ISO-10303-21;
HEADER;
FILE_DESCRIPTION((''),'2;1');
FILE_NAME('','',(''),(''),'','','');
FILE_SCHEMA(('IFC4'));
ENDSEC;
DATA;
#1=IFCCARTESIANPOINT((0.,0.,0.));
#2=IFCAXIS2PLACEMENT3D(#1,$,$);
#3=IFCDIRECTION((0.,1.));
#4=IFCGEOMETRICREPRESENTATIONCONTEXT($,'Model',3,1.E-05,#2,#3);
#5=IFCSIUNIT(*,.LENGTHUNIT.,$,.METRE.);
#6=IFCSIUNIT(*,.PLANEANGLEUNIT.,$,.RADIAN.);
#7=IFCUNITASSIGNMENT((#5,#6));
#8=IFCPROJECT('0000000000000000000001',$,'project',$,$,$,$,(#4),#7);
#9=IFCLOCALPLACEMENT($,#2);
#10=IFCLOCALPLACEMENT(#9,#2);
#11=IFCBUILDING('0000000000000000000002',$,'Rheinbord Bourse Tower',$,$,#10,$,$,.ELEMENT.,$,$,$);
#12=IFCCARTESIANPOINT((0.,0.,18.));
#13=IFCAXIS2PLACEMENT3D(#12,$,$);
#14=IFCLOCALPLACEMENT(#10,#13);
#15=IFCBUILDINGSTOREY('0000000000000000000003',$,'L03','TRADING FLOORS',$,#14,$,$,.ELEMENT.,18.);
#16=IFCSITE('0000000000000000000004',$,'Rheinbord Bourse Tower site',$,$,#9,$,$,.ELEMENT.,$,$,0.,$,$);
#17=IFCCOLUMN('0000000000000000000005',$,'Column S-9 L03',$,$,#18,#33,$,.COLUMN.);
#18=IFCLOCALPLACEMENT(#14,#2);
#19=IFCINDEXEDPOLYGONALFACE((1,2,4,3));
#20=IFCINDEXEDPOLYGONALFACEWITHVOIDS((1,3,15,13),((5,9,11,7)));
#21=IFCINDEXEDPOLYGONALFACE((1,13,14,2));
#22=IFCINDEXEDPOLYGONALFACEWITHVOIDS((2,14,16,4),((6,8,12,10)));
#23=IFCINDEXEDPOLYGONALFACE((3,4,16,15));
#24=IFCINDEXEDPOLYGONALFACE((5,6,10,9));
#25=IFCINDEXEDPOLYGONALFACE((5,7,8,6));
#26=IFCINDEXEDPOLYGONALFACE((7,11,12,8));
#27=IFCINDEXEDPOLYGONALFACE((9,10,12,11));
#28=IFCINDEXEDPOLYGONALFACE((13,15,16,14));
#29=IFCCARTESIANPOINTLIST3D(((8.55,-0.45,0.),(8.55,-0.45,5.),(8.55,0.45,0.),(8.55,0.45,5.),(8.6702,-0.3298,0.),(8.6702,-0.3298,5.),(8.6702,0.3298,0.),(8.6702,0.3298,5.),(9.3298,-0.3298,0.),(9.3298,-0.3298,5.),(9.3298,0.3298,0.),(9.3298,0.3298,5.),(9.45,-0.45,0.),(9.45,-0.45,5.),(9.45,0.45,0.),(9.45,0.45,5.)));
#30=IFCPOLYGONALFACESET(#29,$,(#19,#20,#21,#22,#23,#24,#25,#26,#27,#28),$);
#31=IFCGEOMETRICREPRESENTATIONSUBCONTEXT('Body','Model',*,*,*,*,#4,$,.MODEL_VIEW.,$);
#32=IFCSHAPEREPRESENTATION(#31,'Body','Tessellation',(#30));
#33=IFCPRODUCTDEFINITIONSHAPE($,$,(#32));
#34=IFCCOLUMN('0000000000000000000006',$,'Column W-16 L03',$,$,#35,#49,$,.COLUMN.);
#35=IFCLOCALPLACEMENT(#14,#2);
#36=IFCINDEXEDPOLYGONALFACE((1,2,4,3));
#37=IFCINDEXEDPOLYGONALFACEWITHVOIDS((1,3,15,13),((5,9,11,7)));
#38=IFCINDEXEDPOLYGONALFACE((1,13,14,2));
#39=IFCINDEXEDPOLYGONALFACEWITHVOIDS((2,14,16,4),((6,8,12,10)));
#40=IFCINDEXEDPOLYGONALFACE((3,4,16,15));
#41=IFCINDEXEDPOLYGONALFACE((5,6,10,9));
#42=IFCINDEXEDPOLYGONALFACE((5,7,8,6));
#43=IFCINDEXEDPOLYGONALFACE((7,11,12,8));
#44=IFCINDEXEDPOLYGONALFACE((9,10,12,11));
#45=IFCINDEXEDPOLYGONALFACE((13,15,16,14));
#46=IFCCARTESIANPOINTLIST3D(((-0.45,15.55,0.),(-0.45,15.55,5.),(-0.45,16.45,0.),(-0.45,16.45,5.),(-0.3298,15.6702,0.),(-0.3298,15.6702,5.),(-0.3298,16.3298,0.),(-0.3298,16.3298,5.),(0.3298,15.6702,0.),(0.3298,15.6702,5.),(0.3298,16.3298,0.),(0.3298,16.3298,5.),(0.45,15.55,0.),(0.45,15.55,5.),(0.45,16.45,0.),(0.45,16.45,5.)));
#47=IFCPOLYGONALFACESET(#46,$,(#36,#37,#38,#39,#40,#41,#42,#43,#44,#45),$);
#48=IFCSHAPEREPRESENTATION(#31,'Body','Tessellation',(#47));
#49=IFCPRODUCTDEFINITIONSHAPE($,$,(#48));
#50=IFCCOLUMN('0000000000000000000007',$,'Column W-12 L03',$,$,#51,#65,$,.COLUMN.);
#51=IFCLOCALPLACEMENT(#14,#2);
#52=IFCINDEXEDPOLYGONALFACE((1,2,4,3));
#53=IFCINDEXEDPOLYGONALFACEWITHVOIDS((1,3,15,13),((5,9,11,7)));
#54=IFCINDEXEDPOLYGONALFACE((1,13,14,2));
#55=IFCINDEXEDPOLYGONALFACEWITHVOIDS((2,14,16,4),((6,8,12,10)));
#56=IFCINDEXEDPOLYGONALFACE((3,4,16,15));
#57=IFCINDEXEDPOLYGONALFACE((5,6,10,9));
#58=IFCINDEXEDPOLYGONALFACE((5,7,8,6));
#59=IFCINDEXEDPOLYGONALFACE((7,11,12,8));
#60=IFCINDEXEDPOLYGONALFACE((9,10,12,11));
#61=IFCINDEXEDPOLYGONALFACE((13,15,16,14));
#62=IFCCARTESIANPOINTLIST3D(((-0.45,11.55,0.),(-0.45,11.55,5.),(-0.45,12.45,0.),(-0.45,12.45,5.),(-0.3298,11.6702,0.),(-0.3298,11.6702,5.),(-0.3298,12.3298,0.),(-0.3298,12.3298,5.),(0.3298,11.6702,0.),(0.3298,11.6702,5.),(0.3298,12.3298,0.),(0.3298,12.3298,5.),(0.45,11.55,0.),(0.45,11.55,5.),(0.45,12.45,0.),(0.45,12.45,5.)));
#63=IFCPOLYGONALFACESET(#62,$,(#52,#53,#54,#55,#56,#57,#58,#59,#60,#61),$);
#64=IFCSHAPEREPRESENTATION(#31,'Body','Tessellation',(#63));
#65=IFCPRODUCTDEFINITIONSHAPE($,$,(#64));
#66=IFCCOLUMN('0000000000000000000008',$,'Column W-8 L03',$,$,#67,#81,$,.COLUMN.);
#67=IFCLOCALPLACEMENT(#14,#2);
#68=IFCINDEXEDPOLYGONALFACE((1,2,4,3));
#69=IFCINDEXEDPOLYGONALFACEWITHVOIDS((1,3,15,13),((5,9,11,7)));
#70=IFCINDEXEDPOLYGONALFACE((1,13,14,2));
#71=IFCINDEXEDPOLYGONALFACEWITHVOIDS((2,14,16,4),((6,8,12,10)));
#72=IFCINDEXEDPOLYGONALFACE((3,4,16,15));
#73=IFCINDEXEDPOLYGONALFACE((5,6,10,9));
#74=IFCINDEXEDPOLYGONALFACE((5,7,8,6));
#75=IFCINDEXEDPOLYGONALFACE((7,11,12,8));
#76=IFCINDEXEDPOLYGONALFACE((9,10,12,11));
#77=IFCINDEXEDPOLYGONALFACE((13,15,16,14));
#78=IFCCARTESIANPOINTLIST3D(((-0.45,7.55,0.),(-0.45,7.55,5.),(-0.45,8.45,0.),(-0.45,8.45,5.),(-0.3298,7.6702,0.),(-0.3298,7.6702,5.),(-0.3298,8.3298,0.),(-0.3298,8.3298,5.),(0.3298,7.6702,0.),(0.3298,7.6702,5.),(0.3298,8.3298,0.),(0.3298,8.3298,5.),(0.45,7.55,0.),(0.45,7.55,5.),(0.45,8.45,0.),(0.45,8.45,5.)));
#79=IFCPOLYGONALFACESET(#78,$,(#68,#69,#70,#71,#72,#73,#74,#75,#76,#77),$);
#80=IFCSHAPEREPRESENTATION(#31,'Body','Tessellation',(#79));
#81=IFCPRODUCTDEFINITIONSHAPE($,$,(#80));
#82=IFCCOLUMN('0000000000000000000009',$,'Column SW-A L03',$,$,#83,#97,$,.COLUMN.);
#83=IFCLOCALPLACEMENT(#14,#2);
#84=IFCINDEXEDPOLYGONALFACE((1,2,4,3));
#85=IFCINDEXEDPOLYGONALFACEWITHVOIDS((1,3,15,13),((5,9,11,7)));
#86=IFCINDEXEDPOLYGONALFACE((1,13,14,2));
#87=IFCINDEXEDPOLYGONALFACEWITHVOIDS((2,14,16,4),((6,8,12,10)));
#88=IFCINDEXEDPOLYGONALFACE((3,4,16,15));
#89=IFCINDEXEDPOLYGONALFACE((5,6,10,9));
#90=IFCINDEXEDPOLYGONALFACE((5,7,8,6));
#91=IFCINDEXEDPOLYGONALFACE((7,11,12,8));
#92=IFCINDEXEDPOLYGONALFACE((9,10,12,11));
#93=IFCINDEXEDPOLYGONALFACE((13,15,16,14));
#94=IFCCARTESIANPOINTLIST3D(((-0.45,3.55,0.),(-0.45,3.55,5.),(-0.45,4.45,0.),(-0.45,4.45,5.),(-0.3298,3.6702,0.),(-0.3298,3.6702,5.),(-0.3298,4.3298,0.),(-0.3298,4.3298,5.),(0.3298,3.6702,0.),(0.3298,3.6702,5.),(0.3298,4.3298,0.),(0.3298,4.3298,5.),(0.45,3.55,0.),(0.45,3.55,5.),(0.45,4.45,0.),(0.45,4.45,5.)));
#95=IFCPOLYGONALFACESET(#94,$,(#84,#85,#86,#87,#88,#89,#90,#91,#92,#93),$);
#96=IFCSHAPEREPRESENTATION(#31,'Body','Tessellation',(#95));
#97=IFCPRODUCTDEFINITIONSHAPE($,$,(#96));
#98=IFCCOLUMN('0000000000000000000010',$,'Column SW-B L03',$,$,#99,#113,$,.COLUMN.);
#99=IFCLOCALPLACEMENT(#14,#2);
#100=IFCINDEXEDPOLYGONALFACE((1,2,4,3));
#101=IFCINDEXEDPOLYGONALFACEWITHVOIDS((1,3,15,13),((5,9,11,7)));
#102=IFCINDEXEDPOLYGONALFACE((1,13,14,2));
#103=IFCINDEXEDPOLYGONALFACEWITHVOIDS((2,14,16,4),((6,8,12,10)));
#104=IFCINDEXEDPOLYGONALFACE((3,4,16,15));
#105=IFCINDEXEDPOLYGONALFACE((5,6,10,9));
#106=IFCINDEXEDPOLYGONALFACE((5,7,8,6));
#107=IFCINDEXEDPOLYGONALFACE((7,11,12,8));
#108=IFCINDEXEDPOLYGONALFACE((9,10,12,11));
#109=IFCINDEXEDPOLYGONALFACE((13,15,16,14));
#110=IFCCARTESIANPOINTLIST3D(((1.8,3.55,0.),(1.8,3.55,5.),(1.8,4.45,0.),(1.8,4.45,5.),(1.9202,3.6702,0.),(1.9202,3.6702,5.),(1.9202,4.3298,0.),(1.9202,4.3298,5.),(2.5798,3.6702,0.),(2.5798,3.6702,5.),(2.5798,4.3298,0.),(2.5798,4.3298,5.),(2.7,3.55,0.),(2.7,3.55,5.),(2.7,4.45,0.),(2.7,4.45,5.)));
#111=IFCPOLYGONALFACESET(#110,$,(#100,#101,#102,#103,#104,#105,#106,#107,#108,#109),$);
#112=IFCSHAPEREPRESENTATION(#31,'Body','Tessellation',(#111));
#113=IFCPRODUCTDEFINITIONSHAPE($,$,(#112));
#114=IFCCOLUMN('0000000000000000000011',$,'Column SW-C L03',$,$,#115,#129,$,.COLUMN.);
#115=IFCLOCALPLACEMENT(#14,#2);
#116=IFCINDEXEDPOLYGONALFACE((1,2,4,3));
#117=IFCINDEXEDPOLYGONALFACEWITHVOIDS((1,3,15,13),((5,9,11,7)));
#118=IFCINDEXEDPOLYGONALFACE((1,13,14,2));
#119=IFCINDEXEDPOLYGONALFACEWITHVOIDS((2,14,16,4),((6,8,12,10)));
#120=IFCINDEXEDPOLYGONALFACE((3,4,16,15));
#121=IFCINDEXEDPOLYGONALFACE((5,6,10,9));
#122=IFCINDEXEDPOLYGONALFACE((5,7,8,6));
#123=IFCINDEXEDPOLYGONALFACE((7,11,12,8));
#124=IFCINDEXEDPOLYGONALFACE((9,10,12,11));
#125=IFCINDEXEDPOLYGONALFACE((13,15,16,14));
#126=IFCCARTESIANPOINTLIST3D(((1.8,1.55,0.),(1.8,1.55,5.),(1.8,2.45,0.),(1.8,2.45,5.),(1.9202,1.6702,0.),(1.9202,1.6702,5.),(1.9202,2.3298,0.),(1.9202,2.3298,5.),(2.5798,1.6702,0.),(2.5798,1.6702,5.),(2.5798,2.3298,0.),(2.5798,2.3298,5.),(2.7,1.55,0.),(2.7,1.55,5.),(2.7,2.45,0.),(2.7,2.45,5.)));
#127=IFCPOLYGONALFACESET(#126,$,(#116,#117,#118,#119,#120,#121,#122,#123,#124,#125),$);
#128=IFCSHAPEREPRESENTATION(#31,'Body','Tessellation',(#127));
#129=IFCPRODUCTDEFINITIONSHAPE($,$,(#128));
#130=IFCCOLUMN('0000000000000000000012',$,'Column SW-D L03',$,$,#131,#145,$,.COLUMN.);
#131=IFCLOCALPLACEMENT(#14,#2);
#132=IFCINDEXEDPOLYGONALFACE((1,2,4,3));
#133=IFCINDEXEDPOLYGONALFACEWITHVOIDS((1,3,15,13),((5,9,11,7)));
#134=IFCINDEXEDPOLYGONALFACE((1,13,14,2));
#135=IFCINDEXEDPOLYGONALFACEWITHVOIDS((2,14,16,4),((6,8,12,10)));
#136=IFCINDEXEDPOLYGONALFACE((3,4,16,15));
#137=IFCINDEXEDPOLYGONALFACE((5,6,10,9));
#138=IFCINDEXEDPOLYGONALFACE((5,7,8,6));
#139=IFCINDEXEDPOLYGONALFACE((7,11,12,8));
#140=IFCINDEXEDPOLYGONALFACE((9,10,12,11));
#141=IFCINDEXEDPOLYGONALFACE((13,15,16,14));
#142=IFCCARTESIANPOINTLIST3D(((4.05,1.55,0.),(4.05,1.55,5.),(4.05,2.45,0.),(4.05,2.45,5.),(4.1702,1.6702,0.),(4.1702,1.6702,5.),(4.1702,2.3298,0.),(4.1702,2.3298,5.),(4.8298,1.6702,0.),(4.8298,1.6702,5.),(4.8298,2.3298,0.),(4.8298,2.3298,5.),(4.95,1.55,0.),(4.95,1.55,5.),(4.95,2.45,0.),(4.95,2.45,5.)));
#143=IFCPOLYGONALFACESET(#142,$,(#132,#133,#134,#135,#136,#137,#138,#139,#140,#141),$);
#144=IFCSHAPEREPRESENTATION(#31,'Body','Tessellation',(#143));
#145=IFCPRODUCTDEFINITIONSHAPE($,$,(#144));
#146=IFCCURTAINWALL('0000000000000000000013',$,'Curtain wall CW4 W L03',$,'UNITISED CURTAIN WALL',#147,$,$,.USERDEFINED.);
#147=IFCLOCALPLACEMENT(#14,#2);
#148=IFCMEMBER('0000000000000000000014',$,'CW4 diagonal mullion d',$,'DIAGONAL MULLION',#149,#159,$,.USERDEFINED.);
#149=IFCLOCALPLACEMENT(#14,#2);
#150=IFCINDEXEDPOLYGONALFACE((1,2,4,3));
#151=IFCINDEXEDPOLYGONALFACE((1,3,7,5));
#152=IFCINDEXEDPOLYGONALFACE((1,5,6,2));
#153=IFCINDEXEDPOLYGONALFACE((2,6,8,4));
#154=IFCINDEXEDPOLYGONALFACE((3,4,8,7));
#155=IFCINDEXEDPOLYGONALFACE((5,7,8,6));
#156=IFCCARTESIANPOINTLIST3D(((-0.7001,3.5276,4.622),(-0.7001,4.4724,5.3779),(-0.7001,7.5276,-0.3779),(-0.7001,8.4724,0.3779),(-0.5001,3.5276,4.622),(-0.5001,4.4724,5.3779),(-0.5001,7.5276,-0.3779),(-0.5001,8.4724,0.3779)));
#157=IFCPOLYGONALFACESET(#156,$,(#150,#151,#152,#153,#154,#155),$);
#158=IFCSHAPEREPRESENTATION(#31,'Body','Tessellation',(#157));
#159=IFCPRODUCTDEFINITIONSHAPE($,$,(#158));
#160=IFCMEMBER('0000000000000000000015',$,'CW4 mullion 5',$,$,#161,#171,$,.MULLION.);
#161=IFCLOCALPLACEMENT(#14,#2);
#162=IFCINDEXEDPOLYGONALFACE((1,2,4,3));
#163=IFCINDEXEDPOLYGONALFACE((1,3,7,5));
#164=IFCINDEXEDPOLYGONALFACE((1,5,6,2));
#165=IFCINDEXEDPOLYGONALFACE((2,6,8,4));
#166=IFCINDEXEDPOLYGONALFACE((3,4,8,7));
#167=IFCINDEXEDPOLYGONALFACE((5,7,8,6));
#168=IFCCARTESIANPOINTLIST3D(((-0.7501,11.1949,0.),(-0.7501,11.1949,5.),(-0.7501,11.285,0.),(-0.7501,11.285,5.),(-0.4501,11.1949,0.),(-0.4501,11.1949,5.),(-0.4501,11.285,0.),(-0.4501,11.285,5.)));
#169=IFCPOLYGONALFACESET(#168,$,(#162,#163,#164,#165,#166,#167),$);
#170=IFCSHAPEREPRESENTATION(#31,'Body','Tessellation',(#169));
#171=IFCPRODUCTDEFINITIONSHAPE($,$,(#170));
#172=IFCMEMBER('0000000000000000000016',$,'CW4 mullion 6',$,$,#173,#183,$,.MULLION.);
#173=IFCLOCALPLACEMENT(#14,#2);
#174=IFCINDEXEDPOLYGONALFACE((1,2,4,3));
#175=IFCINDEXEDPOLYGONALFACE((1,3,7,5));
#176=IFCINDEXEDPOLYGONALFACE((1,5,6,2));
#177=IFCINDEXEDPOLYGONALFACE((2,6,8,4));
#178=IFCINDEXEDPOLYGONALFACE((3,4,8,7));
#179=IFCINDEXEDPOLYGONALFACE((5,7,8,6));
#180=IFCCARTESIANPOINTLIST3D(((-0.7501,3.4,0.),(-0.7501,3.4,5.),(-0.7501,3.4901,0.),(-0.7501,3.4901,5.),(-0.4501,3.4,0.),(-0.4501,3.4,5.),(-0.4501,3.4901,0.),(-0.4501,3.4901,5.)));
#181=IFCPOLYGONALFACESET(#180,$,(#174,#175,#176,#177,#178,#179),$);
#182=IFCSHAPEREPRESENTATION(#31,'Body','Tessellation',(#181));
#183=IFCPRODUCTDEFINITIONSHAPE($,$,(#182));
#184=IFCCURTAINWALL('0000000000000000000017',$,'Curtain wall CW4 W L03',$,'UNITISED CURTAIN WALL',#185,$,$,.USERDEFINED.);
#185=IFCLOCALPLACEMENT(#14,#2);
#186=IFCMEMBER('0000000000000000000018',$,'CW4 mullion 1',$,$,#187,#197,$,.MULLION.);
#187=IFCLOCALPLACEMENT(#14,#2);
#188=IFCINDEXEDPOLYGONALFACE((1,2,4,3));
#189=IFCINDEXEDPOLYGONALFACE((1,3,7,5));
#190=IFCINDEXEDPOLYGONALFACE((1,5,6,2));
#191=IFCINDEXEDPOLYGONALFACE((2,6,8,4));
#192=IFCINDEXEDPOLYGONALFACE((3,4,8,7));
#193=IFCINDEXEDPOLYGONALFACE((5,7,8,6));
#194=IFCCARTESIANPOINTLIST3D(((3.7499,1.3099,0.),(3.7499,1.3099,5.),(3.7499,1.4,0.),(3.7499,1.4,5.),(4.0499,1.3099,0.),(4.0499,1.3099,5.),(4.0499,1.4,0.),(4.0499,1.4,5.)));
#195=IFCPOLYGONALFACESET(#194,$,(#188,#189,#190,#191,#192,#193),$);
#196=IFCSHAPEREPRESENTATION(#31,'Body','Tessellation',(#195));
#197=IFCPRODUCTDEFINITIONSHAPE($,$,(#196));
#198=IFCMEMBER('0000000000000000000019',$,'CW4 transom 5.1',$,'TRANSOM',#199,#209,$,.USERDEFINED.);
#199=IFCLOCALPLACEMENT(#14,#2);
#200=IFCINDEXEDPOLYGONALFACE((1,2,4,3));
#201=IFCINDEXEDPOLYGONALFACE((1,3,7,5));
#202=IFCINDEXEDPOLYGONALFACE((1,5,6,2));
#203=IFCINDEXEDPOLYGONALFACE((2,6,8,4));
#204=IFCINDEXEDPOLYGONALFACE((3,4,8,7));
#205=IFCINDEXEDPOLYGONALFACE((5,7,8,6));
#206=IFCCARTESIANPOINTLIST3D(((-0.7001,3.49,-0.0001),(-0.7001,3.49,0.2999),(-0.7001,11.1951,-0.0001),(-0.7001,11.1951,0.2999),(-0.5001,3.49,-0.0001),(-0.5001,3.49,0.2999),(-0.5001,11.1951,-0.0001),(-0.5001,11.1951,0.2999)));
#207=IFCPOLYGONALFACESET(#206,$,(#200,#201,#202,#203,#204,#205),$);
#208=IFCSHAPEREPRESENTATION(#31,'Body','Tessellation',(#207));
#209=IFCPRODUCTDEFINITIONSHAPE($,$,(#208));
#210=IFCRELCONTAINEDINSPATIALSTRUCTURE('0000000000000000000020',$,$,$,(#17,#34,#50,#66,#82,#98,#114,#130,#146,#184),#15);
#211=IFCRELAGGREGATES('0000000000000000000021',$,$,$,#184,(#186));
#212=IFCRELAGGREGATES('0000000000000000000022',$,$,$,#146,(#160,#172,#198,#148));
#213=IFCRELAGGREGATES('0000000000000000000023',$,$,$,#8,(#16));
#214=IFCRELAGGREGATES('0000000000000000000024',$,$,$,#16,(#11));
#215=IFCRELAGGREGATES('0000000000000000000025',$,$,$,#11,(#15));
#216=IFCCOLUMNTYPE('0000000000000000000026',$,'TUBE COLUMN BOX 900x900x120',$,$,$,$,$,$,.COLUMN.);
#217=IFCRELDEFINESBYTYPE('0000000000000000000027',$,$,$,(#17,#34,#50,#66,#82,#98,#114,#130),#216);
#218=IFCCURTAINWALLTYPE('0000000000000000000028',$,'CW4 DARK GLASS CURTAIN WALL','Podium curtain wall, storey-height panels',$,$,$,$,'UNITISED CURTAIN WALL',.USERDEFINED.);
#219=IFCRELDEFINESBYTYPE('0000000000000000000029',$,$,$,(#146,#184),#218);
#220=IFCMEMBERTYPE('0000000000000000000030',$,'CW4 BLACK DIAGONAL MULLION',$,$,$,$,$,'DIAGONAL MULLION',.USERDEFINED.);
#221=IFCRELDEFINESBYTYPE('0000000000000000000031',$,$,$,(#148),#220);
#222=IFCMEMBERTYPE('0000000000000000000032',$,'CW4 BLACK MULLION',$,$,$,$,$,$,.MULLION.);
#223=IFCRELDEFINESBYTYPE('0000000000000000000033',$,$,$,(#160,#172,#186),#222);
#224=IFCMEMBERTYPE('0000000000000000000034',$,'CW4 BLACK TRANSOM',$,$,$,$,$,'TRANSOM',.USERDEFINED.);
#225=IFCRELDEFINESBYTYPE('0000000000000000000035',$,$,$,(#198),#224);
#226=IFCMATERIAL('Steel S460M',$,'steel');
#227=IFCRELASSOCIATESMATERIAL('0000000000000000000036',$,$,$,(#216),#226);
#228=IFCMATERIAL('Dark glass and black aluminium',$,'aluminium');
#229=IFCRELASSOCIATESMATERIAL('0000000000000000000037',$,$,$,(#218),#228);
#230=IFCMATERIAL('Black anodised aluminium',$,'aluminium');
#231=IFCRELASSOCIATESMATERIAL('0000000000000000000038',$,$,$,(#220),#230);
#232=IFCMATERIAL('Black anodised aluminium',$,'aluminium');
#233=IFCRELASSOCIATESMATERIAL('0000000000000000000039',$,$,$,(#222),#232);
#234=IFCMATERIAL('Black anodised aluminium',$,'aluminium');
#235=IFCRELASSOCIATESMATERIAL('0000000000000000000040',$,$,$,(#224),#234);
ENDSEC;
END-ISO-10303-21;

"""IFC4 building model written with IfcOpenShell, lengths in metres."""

from ifc_helpers import new_model, si_unit, direction, frame, origin, origin_2d, place, context, subcontext, project, spatial, rectangle, hollow_rectangle, extrude, material, material_profile, profile_set, type_object, element, aggregate, save


model = new_model("IFC4")

# Units and contexts
model_context = context("Model", 3, precision=1e-05, world=origin(), true_north=direction((0.0, 1.0)))
body_context = subcontext(model_context, "Body", "Model", "MODEL_VIEW")
ifc_project = project(units=[si_unit("LENGTHUNIT", "METRE"), si_unit("PLANEANGLEUNIT", "RADIAN")], contexts=[model_context])

# Site, building, storey
site_placement = place(None, origin())
site = spatial("IfcSite", under=ifc_project, at=site_placement, Name="Rheinbord Bourse Tower site", CompositionType="ELEMENT", RefElevation=0.0)
building_placement = place(site_placement, origin())
building = spatial("IfcBuilding", under=site, at=building_placement, Name="Rheinbord Bourse Tower", CompositionType="ELEMENT")
storey_placement = place(building_placement, frame((0.0, 0.0, 18.0)))
storey = spatial("IfcBuildingStorey", under=building, at=storey_placement, Name="L03", Description="TRADING FLOORS", CompositionType="ELEMENT", Elevation=18.0)

# Columns
ifc_material_1 = material(Name="Steel S460M", Category="steel")
ifc_material_profile_1 = material_profile(ifc_material_1, hollow_rectangle(XDim=0.8999, YDim=0.8999, WallThickness=0.1201, at=origin_2d()), Name="BOX 900x900x120")
ifc_profile_set_1 = profile_set([ifc_material_profile_1], Name="Steel S460M")
column_type = type_object("IfcColumnType", Name="TUBE COLUMN BOX 900x900x120", PredefinedType="COLUMN", material=ifc_profile_set_1)
for number, where, z_axis, x_axis, name in (
    (1, (9.0, 0.0, 0.0), (0.0, 0.0, 1.0), (0.0, 1.0, 0.0), "Column S-9 L03"),
    (2, (0.0, 16.0, 0.0), (0.0, 0.0, 1.0), (1.0, 0.0, 0.0), "Column W-16 L03"),
    (3, (0.0, 12.0, 0.0), (0.0, 0.0, 1.0), (1.0, 0.0, 0.0), "Column W-12 L03"),
    (4, (0.0, 8.0, 0.0), (0.0, 0.0, 1.0), (1.0, 0.0, 0.0), "Column W-8 L03"),
    (5, (0.0, 4.0, 0.0), (0.0, 0.0, 1.0), (1.0, 0.0, 0.0), "Column SW-A L03"),
    (6, (2.25, 4.0, 0.0), (0.0, 0.0, 1.0), (1.0, 0.0, 0.0), "Column SW-B L03"),
    (7, (2.25, 2.0, 0.0), (0.0, 0.0, 1.0), (1.0, 0.0, 0.0), "Column SW-C L03"),
    (8, (4.5, 2.0, 0.0), (0.0, 0.0, 1.0), (0.0, 1.0, 0.0), "Column SW-D L03"),
):
    element("IfcColumn", number, at=place(storey_placement, frame(where, z_axis=z_axis, x_axis=x_axis)), inside=storey, type_object=column_type, Name=name, PredefinedType="COLUMN", context=body_context, shape_type="SweptSolid", body=[
        extrude(hollow_rectangle(XDim=0.8999, YDim=0.8999, WallThickness=0.1201, at=origin_2d()), origin(), (0.0, 0.0, 1.0), 5.0),
    ])

# Curtain wall, members
ifc_material_2 = material(Name="Dark glass and black aluminium", Category="aluminium")
curtain_wall_type = type_object("IfcCurtainWallType", Name="CW4 DARK GLASS CURTAIN WALL", Description="Podium curtain wall, storey-height panels", ElementType="UNITISED CURTAIN WALL", PredefinedType="USERDEFINED", material=ifc_material_2)
curtain_wall_1_placement = place(storey_placement, origin())
curtain_wall_1 = element("IfcCurtainWall", 9, at=curtain_wall_1_placement, inside=storey, type_object=curtain_wall_type, Name="Curtain wall CW4 W L03", ObjectType="UNITISED CURTAIN WALL", PredefinedType="USERDEFINED")
ifc_material_3 = material(Name="Black anodised aluminium", Category="aluminium")
ifc_material_profile_2 = material_profile(ifc_material_3, rectangle(XDim=0.2, YDim=1.21, at=origin_2d()), Name="CW4 DIAGONAL MULLION 1210x200")
ifc_profile_set_2 = profile_set([ifc_material_profile_2], Name="Black anodised aluminium")
member_type_1 = type_object("IfcMemberType", Name="CW4 BLACK DIAGONAL MULLION", ElementType="DIAGONAL MULLION", PredefinedType="USERDEFINED", material=ifc_profile_set_2)
member_1_placement = place(storey_placement, frame((-0.6001, 8.0, 0.0), z_axis=(0.0, -0.624695, 0.780869), x_axis=(1.0, 0.0, 0.0)))
member_1 = element("IfcMember", 10, at=member_1_placement, type_object=member_type_1, Name="CW4 diagonal mullion d", ObjectType="DIAGONAL MULLION", PredefinedType="USERDEFINED", context=body_context, shape_type="SweptSolid", body=[
    extrude(rectangle(XDim=0.2, YDim=1.21, at=origin_2d()), origin(), (0.0, 0.0, 1.0), 6.4031),
])
ifc_material_4 = material(Name="Black anodised aluminium", Category="aluminium")
ifc_material_profile_3 = material_profile(ifc_material_4, rectangle(XDim=0.3, YDim=0.0901, at=origin_2d()), Name="CW4 MULLION 90x300")
ifc_profile_set_3 = profile_set([ifc_material_profile_3], Name="Black anodised aluminium")
member_type_2 = type_object("IfcMemberType", Name="CW4 BLACK MULLION", PredefinedType="MULLION", material=ifc_profile_set_3)
member_2_placement = place(storey_placement, frame((-0.6001, 11.24, 0.0), z_axis=(0.0, 0.0, 1.0), x_axis=(1.0, 0.0, 0.0)))
member_2 = element("IfcMember", 11, at=member_2_placement, type_object=member_type_2, Name="CW4 mullion 5", PredefinedType="MULLION", context=body_context, shape_type="SweptSolid", body=[
    extrude(rectangle(XDim=0.3, YDim=0.0901, at=origin_2d()), origin(), (0.0, 0.0, 1.0), 5.0),
])
member_3_placement = place(storey_placement, frame((-0.6001, 3.4451, 0.0), z_axis=(0.0, 0.0, 1.0), x_axis=(1.0, 0.0, 0.0)))
member_3 = element("IfcMember", 12, at=member_3_placement, type_object=member_type_2, Name="CW4 mullion 6", PredefinedType="MULLION", context=body_context, shape_type="SweptSolid", body=[
    extrude(rectangle(XDim=0.3, YDim=0.0901, at=origin_2d()), origin(), (0.0, 0.0, 1.0), 5.0),
])

# Curtain wall, member
curtain_wall_2_placement = place(storey_placement, origin())
curtain_wall_2 = element("IfcCurtainWall", 13, at=curtain_wall_2_placement, inside=storey, type_object=curtain_wall_type, Name="Curtain wall CW4 W L03", ObjectType="UNITISED CURTAIN WALL", PredefinedType="USERDEFINED")
member_4_placement = place(storey_placement, frame((3.8999, 1.355, 0.0), z_axis=(0.0, 0.0, 1.0), x_axis=(1.0, 0.0, 0.0)))
member_4 = element("IfcMember", 14, at=member_4_placement, type_object=member_type_2, Name="CW4 mullion 1", PredefinedType="MULLION", context=body_context, shape_type="SweptSolid", body=[
    extrude(rectangle(XDim=0.3, YDim=0.0901, at=origin_2d()), origin(), (0.0, 0.0, 1.0), 5.0),
])

# Member
ifc_material_5 = material(Name="Black anodised aluminium", Category="aluminium")
ifc_material_profile_4 = material_profile(ifc_material_5, rectangle(XDim=0.2, YDim=0.3, at=origin_2d()), Name="CW4 TRANSOM 300x200")
ifc_profile_set_4 = profile_set([ifc_material_profile_4], Name="Black anodised aluminium")
member_type_3 = type_object("IfcMemberType", Name="CW4 BLACK TRANSOM", ElementType="TRANSOM", PredefinedType="USERDEFINED", material=ifc_profile_set_4)
member_5_placement = place(storey_placement, frame((-0.6001, 11.1951, 0.1499), z_axis=(0.0, -1.0, 0.0), x_axis=(1.0, 0.0, 0.0)))
member_5 = element("IfcMember", 15, at=member_5_placement, type_object=member_type_3, Name="CW4 transom 5.1", ObjectType="TRANSOM", PredefinedType="USERDEFINED", context=body_context, shape_type="SweptSolid", body=[
    extrude(rectangle(XDim=0.2, YDim=0.3, at=origin_2d()), origin(), (0.0, 0.0, 1.0), 7.7051),
])
aggregate(curtain_wall_2, [member_4])

aggregate(curtain_wall_1, [member_2, member_3, member_5, member_1])

save(model, "model.ifc")
